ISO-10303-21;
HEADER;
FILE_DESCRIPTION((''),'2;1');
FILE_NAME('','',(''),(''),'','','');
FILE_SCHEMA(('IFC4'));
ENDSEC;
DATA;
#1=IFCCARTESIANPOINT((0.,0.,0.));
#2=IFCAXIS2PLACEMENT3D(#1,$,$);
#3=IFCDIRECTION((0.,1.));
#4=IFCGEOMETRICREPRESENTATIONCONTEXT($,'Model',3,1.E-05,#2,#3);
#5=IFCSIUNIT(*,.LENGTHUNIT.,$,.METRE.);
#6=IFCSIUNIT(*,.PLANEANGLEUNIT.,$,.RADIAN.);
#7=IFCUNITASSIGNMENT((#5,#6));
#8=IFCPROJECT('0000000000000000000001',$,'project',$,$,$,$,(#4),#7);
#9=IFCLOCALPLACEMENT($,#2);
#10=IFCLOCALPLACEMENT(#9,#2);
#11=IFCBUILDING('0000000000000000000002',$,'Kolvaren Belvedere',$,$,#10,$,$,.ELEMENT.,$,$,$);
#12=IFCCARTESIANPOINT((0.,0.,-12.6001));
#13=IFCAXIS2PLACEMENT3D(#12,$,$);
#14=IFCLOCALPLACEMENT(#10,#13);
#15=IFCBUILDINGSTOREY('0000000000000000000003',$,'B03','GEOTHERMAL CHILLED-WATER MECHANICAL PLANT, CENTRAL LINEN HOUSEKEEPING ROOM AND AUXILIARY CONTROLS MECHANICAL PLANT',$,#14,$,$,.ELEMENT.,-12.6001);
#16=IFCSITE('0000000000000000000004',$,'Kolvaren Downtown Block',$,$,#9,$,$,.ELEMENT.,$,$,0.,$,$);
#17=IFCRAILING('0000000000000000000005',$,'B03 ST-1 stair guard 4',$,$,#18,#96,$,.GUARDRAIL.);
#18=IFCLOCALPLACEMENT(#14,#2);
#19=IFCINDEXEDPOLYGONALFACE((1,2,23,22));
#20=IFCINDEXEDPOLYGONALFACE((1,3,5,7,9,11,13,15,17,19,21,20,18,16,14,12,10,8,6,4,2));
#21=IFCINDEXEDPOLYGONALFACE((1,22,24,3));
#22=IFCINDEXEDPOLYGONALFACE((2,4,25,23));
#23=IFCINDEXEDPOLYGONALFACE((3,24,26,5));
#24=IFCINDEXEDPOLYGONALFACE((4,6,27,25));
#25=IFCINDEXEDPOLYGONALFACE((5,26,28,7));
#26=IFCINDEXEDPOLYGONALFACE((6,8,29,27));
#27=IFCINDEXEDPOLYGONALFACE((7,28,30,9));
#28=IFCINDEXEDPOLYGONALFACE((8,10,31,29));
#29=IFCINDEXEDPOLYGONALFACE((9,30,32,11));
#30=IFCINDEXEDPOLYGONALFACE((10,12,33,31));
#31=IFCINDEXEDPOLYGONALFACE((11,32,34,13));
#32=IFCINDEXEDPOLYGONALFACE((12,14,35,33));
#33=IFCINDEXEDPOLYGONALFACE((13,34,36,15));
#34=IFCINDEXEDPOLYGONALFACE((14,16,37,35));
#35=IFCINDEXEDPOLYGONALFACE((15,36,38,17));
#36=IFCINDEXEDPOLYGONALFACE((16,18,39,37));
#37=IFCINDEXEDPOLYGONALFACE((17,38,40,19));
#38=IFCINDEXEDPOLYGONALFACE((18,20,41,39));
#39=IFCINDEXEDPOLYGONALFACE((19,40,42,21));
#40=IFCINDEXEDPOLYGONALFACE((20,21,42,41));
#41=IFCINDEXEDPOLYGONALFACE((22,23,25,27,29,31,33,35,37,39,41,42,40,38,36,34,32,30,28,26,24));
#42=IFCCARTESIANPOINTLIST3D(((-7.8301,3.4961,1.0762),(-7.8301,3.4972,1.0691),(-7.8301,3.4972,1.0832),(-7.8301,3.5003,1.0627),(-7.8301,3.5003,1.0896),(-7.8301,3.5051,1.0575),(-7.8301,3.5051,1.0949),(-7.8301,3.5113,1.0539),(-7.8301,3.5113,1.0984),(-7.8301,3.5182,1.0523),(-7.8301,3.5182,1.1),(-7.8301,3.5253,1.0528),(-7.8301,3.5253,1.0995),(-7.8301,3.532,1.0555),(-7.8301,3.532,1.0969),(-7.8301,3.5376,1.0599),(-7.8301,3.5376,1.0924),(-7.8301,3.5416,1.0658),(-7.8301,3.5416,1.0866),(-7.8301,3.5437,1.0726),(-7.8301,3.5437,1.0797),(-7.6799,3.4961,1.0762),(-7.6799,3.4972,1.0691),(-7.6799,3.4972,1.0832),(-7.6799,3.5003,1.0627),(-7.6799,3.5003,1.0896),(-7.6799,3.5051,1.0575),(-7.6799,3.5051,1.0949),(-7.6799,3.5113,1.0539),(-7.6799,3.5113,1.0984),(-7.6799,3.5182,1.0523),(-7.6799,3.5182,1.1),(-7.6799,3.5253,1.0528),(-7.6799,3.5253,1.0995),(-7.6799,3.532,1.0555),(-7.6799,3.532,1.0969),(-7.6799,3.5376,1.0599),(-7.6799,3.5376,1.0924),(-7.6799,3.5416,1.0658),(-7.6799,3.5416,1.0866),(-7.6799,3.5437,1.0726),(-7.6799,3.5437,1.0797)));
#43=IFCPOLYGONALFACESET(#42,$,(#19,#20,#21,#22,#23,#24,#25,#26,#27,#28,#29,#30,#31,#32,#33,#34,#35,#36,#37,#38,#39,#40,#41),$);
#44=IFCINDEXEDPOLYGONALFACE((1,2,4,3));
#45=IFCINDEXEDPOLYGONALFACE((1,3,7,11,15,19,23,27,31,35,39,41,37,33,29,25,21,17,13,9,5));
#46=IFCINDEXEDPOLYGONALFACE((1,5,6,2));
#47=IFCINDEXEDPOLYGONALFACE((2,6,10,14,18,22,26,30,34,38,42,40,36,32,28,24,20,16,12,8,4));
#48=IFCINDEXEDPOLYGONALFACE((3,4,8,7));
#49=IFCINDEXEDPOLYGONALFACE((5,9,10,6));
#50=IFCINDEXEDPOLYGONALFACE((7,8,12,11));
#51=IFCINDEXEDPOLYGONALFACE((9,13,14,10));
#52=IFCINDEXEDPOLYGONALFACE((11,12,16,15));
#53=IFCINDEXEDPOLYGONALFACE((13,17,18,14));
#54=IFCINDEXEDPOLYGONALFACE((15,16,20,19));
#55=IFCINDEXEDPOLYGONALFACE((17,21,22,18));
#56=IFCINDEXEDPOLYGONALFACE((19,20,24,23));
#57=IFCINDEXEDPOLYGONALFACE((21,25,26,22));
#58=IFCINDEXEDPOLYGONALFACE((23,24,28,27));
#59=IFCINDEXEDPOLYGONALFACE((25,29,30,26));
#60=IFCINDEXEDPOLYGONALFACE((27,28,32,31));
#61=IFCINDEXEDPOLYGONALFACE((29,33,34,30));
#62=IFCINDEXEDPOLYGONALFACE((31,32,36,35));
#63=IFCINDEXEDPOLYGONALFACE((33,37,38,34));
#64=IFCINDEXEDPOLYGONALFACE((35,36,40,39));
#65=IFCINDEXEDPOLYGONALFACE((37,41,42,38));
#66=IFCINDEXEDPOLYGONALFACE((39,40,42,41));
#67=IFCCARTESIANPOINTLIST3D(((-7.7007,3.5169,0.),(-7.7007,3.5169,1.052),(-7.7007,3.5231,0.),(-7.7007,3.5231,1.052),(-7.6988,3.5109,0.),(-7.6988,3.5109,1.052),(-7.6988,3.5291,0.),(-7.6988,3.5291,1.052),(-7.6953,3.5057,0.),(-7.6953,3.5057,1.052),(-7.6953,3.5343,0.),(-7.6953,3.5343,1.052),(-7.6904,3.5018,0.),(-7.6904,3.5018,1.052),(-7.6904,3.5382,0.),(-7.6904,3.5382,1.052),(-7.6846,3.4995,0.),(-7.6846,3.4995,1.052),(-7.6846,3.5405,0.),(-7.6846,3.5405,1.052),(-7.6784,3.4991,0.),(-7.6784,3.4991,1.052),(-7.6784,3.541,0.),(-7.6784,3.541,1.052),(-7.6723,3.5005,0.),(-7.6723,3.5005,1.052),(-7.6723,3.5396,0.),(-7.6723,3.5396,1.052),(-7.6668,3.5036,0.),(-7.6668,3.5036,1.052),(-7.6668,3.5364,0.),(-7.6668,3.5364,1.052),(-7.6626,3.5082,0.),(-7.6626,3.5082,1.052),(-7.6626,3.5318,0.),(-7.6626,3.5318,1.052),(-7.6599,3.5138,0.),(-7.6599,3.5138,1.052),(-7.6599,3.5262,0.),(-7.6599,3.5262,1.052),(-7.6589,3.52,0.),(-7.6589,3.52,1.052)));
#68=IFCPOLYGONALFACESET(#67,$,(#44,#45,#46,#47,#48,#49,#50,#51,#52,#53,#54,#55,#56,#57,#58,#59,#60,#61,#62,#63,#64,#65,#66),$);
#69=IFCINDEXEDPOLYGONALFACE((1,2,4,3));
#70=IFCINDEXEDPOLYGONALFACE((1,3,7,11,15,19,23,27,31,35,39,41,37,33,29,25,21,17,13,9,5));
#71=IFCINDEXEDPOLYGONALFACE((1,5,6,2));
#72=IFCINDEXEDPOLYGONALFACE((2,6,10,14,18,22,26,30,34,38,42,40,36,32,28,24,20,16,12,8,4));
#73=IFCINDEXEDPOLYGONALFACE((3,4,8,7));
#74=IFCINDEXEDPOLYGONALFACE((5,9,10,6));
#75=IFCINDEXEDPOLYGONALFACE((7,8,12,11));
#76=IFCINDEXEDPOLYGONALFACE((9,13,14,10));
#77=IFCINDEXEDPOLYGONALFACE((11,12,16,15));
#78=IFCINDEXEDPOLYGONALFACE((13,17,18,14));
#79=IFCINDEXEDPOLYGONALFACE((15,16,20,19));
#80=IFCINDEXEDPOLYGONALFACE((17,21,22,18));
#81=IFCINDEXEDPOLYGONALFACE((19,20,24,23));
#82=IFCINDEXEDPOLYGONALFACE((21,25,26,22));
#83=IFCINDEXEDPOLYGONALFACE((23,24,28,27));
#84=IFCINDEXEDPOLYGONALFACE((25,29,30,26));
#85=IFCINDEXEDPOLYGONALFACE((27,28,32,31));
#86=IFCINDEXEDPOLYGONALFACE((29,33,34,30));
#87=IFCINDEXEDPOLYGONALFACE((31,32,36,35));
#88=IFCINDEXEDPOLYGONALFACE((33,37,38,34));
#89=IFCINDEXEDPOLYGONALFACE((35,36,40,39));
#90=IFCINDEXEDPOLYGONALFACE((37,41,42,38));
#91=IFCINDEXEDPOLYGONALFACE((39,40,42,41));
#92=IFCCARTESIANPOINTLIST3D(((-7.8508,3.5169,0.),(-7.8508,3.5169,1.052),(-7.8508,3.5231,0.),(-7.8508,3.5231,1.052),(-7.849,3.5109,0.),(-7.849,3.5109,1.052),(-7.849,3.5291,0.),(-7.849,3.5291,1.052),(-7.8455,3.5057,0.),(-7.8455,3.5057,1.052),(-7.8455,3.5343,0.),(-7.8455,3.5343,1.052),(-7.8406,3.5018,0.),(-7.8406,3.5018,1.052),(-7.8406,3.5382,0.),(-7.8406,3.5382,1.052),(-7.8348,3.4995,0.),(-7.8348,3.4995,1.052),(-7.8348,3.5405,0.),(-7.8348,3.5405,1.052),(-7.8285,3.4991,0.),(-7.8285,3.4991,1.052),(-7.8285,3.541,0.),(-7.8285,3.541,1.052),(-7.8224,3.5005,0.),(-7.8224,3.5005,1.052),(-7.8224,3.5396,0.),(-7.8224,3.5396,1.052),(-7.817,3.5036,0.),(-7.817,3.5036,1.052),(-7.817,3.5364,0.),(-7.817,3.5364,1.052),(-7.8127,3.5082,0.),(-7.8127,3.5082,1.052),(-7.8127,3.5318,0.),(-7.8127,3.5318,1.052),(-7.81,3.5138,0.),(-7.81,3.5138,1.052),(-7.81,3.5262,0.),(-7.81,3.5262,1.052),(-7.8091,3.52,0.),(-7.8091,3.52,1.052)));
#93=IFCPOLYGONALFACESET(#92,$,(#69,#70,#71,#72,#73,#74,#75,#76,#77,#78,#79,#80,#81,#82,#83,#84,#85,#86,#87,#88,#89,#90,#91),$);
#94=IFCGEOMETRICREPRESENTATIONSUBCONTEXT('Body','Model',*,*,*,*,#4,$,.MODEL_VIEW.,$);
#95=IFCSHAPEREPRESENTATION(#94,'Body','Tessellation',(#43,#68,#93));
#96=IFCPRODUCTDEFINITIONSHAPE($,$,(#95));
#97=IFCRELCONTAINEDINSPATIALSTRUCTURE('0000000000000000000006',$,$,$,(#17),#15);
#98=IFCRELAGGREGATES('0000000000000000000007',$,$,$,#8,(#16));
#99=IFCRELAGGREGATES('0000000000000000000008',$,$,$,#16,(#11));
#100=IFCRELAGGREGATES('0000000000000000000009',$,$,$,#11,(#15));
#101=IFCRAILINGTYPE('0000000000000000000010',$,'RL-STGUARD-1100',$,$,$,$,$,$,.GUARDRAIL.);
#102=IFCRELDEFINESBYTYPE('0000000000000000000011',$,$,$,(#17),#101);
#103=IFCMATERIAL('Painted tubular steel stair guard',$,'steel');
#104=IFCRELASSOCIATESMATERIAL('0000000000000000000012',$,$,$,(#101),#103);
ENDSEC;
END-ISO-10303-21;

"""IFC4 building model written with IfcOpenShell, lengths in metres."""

from ifc_helpers import new_model, si_unit, direction, frame, origin, origin_2d, place, context, subcontext, project, spatial, circle, extrude, material, type_object, element, save


model = new_model("IFC4")

# Units and contexts
model_context = context("Model", 3, precision=1e-05, world=origin(), true_north=direction((0.0, 1.0)))
body_context = subcontext(model_context, "Body", "Model", "MODEL_VIEW")
ifc_project = project(units=[si_unit("LENGTHUNIT", "METRE"), si_unit("PLANEANGLEUNIT", "RADIAN")], contexts=[model_context])

# Site, building, storey
site_placement = place(None, origin())
site = spatial("IfcSite", under=ifc_project, at=site_placement, Name="Kolvaren Downtown Block", CompositionType="ELEMENT", RefElevation=0.0)
building_placement = place(site_placement, origin())
building = spatial("IfcBuilding", under=site, at=building_placement, Name="Kolvaren Belvedere", CompositionType="ELEMENT")
storey_placement = place(building_placement, frame((0.0, 0.0, -12.6001)))
storey = spatial("IfcBuildingStorey", under=building, at=storey_placement, Name="B03", Description="GEOTHERMAL CHILLED-WATER MECHANICAL PLANT, CENTRAL LINEN HOUSEKEEPING ROOM AND AUXILIARY CONTROLS MECHANICAL PLANT", CompositionType="ELEMENT", Elevation=-12.6001)

# Railing
ifc_material_1 = material(Name="Painted tubular steel stair guard", Category="steel")
railing_type_1 = type_object("IfcRailingType", Name="RL-STGUARD-1100", PredefinedType="GUARDRAIL", material=ifc_material_1)
railing_1_placement = place(storey_placement, frame((-7.6799, 3.52, 0.0)))
element("IfcRailing", 1, at=railing_1_placement, inside=storey, type_object=railing_type_1, Name="B03 ST-1 stair guard 4", PredefinedType="GUARDRAIL", context=body_context, shape_type="SweptSolid", body=[
    extrude(circle(Radius=0.0239, at=origin_2d()), frame((0.0, 0.0, 1.0762), z_axis=(-1.0, 0.0, 0.0), x_axis=(0.0, -1.0, 0.0)), (0.0, 0.0, 1.0), 0.1501),
    extrude(circle(Radius=0.021, at=origin_2d()), origin(), (0.0, 0.0, 1.0), 1.052),
    extrude(circle(Radius=0.021, at=origin_2d()), frame((-0.1501, 0.0, 0.0)), (0.0, 0.0, 1.0), 1.052),
])

save(model, "model.ifc")
